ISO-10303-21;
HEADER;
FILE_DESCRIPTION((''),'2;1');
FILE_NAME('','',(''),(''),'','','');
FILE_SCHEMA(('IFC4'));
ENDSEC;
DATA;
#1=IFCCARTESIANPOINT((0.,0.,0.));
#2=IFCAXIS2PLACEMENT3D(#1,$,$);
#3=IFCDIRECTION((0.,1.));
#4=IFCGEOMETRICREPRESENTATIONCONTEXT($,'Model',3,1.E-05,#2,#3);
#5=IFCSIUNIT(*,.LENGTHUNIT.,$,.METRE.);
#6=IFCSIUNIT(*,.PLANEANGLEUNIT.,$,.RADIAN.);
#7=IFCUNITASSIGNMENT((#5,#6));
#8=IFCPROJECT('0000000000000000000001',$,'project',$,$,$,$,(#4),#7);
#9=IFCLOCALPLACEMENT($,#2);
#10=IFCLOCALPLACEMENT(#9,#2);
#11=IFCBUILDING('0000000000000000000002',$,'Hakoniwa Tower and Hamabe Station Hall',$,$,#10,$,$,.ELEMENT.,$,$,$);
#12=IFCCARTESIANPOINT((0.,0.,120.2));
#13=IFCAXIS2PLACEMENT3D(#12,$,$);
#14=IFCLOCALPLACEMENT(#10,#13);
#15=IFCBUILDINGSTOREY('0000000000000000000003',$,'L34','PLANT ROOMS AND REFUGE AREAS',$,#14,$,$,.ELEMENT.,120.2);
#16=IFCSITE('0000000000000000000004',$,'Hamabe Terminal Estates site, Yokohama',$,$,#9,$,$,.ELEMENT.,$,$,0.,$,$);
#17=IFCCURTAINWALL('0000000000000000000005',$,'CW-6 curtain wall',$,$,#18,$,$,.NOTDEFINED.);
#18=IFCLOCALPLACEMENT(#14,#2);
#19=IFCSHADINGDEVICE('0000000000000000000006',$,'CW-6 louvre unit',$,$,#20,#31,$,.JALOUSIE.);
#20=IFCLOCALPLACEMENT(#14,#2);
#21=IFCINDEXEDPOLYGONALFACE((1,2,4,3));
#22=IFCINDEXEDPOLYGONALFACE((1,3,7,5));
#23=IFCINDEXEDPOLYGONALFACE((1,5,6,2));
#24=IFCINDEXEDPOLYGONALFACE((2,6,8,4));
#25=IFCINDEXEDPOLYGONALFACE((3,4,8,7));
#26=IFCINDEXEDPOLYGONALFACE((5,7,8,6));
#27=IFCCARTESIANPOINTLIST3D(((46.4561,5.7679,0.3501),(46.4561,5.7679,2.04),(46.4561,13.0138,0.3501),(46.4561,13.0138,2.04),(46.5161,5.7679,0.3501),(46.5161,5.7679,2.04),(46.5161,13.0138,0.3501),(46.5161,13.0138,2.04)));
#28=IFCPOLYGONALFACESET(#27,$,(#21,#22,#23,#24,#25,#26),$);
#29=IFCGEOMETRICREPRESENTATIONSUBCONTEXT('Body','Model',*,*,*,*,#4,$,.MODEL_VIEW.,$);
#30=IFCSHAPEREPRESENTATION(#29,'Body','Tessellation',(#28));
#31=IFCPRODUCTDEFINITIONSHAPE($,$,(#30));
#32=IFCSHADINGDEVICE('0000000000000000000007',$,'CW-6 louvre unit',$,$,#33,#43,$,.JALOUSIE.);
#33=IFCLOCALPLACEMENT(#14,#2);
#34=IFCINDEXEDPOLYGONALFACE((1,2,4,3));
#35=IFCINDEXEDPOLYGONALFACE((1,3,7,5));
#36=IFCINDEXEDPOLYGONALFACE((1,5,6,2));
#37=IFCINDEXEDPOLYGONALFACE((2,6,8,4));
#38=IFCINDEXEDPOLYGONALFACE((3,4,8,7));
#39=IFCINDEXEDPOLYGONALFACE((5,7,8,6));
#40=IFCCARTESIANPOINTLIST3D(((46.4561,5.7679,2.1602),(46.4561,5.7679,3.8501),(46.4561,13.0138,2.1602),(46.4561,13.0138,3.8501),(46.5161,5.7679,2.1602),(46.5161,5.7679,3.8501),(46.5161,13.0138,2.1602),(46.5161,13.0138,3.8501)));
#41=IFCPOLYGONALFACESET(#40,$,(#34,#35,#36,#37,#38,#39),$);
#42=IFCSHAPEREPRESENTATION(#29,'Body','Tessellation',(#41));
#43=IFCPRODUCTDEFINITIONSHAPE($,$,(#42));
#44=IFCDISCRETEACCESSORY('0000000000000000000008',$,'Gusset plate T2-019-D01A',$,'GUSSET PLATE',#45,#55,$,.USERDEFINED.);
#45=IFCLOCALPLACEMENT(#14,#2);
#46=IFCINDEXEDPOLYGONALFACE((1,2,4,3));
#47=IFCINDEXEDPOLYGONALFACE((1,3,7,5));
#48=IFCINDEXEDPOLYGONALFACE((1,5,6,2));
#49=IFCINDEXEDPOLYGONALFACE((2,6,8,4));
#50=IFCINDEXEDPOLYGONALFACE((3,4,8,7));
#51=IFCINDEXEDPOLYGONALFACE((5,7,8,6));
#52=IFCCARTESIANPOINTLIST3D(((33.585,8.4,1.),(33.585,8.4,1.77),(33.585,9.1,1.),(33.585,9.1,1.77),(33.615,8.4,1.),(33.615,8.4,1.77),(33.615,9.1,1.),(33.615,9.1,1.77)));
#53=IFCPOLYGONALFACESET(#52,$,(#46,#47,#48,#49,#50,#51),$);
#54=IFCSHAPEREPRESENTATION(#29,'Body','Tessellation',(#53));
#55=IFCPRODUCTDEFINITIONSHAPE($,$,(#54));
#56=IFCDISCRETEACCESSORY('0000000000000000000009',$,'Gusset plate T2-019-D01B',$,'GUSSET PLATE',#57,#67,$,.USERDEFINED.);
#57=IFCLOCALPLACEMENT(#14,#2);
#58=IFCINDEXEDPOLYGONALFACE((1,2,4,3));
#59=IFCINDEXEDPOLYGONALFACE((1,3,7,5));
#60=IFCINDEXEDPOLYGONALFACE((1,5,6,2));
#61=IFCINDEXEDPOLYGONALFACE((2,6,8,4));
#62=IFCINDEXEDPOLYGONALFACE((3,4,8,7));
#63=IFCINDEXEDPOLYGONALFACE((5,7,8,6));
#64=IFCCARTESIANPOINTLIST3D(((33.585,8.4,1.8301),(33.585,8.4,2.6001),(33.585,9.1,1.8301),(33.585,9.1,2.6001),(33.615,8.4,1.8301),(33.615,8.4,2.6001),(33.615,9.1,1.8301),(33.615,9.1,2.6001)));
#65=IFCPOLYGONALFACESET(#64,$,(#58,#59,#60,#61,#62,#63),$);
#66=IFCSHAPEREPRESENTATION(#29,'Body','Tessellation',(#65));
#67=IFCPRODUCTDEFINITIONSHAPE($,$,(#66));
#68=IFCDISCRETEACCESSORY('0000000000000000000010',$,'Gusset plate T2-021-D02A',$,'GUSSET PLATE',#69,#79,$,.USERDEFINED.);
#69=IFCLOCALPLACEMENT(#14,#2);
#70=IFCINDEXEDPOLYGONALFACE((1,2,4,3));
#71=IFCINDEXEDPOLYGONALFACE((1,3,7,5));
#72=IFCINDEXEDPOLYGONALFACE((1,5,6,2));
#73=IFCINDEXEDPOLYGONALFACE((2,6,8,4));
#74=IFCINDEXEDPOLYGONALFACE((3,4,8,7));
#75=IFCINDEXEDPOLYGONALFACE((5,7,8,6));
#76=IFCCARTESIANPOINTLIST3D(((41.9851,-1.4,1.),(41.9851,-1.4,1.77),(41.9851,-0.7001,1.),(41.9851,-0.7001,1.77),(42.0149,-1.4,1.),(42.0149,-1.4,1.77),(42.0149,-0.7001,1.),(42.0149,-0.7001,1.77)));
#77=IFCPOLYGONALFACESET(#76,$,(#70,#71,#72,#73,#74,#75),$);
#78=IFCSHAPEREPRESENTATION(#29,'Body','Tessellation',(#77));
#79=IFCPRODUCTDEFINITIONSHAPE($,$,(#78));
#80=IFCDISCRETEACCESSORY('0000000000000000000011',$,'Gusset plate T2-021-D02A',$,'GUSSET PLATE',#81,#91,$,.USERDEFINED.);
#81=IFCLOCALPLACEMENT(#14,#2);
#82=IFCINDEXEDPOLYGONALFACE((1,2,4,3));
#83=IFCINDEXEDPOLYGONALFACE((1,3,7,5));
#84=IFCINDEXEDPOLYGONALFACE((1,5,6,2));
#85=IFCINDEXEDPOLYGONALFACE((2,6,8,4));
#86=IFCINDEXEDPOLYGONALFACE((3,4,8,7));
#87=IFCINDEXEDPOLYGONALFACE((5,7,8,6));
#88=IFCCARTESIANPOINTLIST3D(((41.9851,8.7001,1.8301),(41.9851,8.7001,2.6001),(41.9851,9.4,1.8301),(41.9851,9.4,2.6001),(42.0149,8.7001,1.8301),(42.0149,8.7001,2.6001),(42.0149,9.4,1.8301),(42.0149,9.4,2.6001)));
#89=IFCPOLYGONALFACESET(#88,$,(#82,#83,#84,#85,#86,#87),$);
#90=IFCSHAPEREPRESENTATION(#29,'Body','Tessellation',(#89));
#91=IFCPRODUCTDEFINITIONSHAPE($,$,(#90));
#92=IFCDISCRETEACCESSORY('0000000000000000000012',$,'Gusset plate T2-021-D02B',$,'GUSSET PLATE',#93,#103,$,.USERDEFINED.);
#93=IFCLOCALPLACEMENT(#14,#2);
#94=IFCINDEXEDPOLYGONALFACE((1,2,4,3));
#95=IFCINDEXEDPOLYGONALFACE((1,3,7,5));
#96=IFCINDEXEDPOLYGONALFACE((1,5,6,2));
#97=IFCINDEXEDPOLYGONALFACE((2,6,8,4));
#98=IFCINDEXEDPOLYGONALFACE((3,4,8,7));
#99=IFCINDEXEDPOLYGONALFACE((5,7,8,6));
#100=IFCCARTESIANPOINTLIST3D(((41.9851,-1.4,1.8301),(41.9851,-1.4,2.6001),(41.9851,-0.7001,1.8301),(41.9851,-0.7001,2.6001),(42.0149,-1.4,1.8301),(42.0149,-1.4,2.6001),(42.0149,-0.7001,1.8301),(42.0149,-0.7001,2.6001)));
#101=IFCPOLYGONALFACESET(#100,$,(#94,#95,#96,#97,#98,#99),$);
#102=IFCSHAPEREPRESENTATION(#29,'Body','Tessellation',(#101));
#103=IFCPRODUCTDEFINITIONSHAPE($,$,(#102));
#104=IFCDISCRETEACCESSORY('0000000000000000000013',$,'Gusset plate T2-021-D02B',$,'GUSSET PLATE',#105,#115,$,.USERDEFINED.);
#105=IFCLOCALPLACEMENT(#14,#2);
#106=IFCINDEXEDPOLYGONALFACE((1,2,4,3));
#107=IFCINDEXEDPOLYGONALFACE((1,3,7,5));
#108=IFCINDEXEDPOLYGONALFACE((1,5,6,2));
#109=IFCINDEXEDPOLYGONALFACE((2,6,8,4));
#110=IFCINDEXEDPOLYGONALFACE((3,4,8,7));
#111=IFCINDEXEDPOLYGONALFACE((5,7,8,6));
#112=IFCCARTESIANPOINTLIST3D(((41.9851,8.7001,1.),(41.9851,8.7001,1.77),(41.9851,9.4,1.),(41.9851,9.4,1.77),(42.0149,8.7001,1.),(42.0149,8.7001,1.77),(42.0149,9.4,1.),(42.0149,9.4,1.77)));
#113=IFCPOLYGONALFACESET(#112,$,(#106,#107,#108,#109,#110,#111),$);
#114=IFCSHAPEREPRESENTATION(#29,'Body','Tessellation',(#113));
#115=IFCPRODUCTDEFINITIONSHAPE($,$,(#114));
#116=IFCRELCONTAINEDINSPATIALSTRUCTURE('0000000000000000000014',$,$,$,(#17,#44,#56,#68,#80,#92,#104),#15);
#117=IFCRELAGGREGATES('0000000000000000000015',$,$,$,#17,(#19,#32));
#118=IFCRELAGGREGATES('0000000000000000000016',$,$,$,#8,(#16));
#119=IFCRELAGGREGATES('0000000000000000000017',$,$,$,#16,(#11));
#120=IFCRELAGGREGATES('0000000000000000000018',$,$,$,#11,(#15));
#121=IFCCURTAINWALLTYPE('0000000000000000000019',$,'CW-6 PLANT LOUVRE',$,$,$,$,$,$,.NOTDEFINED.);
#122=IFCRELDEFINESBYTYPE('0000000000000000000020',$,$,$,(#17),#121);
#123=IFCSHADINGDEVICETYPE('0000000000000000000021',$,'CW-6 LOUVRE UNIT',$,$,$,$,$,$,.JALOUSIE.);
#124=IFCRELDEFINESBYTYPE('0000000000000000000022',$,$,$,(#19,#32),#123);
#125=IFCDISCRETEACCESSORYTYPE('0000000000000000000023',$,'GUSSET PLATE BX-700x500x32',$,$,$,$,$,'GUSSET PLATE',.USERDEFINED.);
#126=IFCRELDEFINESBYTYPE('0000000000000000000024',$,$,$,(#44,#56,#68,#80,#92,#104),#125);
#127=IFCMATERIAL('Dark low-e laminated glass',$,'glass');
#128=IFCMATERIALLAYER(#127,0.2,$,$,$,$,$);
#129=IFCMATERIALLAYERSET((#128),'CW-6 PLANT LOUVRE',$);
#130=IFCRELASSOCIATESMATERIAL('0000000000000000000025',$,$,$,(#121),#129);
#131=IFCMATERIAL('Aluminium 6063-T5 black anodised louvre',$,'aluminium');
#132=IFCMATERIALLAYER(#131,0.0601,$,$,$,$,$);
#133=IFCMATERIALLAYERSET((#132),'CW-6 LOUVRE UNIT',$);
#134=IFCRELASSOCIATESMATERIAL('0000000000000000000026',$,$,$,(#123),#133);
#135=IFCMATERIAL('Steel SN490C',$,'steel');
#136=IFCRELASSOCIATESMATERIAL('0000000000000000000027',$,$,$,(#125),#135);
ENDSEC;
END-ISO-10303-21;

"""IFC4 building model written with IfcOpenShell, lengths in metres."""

from ifc_helpers import new_model, si_unit, direction, frame, origin, origin_2d, place, context, subcontext, project, spatial, rectangle, extrude, material, layer, layer_set, material_profile, profile_set, type_object, element, aggregate, save


model = new_model("IFC4")

# Units and contexts
model_context = context("Model", 3, precision=1e-05, world=origin(), true_north=direction((0.0, 1.0)))
body_context = subcontext(model_context, "Body", "Model", "MODEL_VIEW")
ifc_project = project(units=[si_unit("LENGTHUNIT", "METRE"), si_unit("PLANEANGLEUNIT", "RADIAN")], contexts=[model_context])

# Site, building, storey
site_placement = place(None, origin())
site = spatial("IfcSite", under=ifc_project, at=site_placement, Name="Hamabe Terminal Estates site, Yokohama", CompositionType="ELEMENT", RefElevation=0.0)
building_placement = place(site_placement, origin())
building = spatial("IfcBuilding", under=site, at=building_placement, Name="Hakoniwa Tower and Hamabe Station Hall", CompositionType="ELEMENT")
storey_placement = place(building_placement, frame((0.0, 0.0, 120.2)))
storey = spatial("IfcBuildingStorey", under=building, at=storey_placement, Name="L34", Description="PLANT ROOMS AND REFUGE AREAS", CompositionType="ELEMENT", Elevation=120.2)

# Curtain wall, shading devices
ifc_material_1 = material(Name="Dark low-e laminated glass", Category="glass")
ifc_layer_1 = layer(ifc_material_1, 0.2)
ifc_layer_set_1 = layer_set([ifc_layer_1], Name="CW-6 PLANT LOUVRE")
curtain_wall_type = type_object("IfcCurtainWallType", Name="CW-6 PLANT LOUVRE", PredefinedType="NOTDEFINED", material=ifc_layer_set_1)
curtain_wall_placement = place(storey_placement, origin())
curtain_wall = element("IfcCurtainWall", 1, at=curtain_wall_placement, inside=storey, type_object=curtain_wall_type, Name="CW-6 curtain wall", PredefinedType="NOTDEFINED")
ifc_material_2 = material(Name="Aluminium 6063-T5 black anodised louvre", Category="aluminium")
ifc_layer_2 = layer(ifc_material_2, 0.0601)
ifc_layer_set_2 = layer_set([ifc_layer_2], Name="CW-6 LOUVRE UNIT")
shading_device_type = type_object("IfcShadingDeviceType", Name="CW-6 LOUVRE UNIT", PredefinedType="JALOUSIE", material=ifc_layer_set_2)
shading_device_1_placement = place(storey_placement, frame((46.4861, 9.3909, 0.3501), z_axis=(0.0, 0.0, 1.0), x_axis=(0.0, 1.0, 0.0)))
shading_device_1 = element("IfcShadingDevice", 2, at=shading_device_1_placement, type_object=shading_device_type, Name="CW-6 louvre unit", PredefinedType="JALOUSIE", context=body_context, shape_type="SweptSolid", body=[
    extrude(rectangle(XDim=7.2458, YDim=0.0601, at=origin_2d()), origin(), (0.0, 0.0, 1.0), 1.6899),
])
shading_device_2_placement = place(storey_placement, frame((46.4861, 9.3909, 2.1602), z_axis=(0.0, 0.0, 1.0), x_axis=(0.0, 1.0, 0.0)))
shading_device_2 = element("IfcShadingDevice", 3, at=shading_device_2_placement, type_object=shading_device_type, Name="CW-6 louvre unit", PredefinedType="JALOUSIE", context=body_context, shape_type="SweptSolid", body=[
    extrude(rectangle(XDim=7.2458, YDim=0.0601, at=origin_2d()), origin(), (0.0, 0.0, 1.0), 1.6899),
])
aggregate(curtain_wall, [shading_device_1, shading_device_2])

# Discrete accessories
ifc_material_3 = material(Name="Steel SN490C", Category="steel")
ifc_material_profile_1 = material_profile(ifc_material_3, rectangle(XDim=0.7, YDim=0.77, at=origin_2d()), Name="GUSSET PLATE BX-700x500x32")
ifc_profile_set_1 = profile_set([ifc_material_profile_1], Name="Steel SN490C")
discrete_accessory_type = type_object("IfcDiscreteAccessoryType", Name="GUSSET PLATE BX-700x500x32", ElementType="GUSSET PLATE", PredefinedType="USERDEFINED", material=ifc_profile_set_1)
for number, where, z_axis, x_axis, name in (
    (4, (33.615, 8.75, 1.385), (-1.0, 0.0, 0.0), (0.0, -1.0, 0.0), "Gusset plate T2-019-D01A"),
    (5, (33.615, 8.75, 2.2151), (-1.0, 0.0, 0.0), (0.0, -1.0, 0.0), "Gusset plate T2-019-D01B"),
):
    element("IfcDiscreteAccessory", number, at=place(storey_placement, frame(where, z_axis=z_axis, x_axis=x_axis)), inside=storey, type_object=discrete_accessory_type, Name=name, ObjectType="GUSSET PLATE", PredefinedType="USERDEFINED", context=body_context, shape_type="SweptSolid", body=[
        extrude(rectangle(XDim=0.7, YDim=0.77, at=origin_2d()), origin(), (0.0, 0.0, 1.0), 0.03),
    ])
for number, where, z_axis, x_axis, name in (
    (6, (42.0149, -1.05, 1.385), (-1.0, 0.0, 0.0), (0.0, -1.0, 0.0), "Gusset plate T2-021-D02A"),
    (7, (42.0149, 9.05, 2.2151), (-1.0, 0.0, 0.0), (0.0, -1.0, 0.0), "Gusset plate T2-021-D02A"),
    (8, (42.0149, -1.05, 2.2151), (-1.0, 0.0, 0.0), (0.0, -1.0, 0.0), "Gusset plate T2-021-D02B"),
    (9, (42.0149, 9.05, 1.385), (-1.0, 0.0, 0.0), (0.0, -1.0, 0.0), "Gusset plate T2-021-D02B"),
):
    element("IfcDiscreteAccessory", number, at=place(storey_placement, frame(where, z_axis=z_axis, x_axis=x_axis)), inside=storey, type_object=discrete_accessory_type, Name=name, ObjectType="GUSSET PLATE", PredefinedType="USERDEFINED", context=body_context, shape_type="SweptSolid", body=[
        extrude(rectangle(XDim=0.7, YDim=0.77, at=origin_2d()), origin(), (0.0, 0.0, 1.0), 0.0298),
    ])

save(model, "model.ifc")
